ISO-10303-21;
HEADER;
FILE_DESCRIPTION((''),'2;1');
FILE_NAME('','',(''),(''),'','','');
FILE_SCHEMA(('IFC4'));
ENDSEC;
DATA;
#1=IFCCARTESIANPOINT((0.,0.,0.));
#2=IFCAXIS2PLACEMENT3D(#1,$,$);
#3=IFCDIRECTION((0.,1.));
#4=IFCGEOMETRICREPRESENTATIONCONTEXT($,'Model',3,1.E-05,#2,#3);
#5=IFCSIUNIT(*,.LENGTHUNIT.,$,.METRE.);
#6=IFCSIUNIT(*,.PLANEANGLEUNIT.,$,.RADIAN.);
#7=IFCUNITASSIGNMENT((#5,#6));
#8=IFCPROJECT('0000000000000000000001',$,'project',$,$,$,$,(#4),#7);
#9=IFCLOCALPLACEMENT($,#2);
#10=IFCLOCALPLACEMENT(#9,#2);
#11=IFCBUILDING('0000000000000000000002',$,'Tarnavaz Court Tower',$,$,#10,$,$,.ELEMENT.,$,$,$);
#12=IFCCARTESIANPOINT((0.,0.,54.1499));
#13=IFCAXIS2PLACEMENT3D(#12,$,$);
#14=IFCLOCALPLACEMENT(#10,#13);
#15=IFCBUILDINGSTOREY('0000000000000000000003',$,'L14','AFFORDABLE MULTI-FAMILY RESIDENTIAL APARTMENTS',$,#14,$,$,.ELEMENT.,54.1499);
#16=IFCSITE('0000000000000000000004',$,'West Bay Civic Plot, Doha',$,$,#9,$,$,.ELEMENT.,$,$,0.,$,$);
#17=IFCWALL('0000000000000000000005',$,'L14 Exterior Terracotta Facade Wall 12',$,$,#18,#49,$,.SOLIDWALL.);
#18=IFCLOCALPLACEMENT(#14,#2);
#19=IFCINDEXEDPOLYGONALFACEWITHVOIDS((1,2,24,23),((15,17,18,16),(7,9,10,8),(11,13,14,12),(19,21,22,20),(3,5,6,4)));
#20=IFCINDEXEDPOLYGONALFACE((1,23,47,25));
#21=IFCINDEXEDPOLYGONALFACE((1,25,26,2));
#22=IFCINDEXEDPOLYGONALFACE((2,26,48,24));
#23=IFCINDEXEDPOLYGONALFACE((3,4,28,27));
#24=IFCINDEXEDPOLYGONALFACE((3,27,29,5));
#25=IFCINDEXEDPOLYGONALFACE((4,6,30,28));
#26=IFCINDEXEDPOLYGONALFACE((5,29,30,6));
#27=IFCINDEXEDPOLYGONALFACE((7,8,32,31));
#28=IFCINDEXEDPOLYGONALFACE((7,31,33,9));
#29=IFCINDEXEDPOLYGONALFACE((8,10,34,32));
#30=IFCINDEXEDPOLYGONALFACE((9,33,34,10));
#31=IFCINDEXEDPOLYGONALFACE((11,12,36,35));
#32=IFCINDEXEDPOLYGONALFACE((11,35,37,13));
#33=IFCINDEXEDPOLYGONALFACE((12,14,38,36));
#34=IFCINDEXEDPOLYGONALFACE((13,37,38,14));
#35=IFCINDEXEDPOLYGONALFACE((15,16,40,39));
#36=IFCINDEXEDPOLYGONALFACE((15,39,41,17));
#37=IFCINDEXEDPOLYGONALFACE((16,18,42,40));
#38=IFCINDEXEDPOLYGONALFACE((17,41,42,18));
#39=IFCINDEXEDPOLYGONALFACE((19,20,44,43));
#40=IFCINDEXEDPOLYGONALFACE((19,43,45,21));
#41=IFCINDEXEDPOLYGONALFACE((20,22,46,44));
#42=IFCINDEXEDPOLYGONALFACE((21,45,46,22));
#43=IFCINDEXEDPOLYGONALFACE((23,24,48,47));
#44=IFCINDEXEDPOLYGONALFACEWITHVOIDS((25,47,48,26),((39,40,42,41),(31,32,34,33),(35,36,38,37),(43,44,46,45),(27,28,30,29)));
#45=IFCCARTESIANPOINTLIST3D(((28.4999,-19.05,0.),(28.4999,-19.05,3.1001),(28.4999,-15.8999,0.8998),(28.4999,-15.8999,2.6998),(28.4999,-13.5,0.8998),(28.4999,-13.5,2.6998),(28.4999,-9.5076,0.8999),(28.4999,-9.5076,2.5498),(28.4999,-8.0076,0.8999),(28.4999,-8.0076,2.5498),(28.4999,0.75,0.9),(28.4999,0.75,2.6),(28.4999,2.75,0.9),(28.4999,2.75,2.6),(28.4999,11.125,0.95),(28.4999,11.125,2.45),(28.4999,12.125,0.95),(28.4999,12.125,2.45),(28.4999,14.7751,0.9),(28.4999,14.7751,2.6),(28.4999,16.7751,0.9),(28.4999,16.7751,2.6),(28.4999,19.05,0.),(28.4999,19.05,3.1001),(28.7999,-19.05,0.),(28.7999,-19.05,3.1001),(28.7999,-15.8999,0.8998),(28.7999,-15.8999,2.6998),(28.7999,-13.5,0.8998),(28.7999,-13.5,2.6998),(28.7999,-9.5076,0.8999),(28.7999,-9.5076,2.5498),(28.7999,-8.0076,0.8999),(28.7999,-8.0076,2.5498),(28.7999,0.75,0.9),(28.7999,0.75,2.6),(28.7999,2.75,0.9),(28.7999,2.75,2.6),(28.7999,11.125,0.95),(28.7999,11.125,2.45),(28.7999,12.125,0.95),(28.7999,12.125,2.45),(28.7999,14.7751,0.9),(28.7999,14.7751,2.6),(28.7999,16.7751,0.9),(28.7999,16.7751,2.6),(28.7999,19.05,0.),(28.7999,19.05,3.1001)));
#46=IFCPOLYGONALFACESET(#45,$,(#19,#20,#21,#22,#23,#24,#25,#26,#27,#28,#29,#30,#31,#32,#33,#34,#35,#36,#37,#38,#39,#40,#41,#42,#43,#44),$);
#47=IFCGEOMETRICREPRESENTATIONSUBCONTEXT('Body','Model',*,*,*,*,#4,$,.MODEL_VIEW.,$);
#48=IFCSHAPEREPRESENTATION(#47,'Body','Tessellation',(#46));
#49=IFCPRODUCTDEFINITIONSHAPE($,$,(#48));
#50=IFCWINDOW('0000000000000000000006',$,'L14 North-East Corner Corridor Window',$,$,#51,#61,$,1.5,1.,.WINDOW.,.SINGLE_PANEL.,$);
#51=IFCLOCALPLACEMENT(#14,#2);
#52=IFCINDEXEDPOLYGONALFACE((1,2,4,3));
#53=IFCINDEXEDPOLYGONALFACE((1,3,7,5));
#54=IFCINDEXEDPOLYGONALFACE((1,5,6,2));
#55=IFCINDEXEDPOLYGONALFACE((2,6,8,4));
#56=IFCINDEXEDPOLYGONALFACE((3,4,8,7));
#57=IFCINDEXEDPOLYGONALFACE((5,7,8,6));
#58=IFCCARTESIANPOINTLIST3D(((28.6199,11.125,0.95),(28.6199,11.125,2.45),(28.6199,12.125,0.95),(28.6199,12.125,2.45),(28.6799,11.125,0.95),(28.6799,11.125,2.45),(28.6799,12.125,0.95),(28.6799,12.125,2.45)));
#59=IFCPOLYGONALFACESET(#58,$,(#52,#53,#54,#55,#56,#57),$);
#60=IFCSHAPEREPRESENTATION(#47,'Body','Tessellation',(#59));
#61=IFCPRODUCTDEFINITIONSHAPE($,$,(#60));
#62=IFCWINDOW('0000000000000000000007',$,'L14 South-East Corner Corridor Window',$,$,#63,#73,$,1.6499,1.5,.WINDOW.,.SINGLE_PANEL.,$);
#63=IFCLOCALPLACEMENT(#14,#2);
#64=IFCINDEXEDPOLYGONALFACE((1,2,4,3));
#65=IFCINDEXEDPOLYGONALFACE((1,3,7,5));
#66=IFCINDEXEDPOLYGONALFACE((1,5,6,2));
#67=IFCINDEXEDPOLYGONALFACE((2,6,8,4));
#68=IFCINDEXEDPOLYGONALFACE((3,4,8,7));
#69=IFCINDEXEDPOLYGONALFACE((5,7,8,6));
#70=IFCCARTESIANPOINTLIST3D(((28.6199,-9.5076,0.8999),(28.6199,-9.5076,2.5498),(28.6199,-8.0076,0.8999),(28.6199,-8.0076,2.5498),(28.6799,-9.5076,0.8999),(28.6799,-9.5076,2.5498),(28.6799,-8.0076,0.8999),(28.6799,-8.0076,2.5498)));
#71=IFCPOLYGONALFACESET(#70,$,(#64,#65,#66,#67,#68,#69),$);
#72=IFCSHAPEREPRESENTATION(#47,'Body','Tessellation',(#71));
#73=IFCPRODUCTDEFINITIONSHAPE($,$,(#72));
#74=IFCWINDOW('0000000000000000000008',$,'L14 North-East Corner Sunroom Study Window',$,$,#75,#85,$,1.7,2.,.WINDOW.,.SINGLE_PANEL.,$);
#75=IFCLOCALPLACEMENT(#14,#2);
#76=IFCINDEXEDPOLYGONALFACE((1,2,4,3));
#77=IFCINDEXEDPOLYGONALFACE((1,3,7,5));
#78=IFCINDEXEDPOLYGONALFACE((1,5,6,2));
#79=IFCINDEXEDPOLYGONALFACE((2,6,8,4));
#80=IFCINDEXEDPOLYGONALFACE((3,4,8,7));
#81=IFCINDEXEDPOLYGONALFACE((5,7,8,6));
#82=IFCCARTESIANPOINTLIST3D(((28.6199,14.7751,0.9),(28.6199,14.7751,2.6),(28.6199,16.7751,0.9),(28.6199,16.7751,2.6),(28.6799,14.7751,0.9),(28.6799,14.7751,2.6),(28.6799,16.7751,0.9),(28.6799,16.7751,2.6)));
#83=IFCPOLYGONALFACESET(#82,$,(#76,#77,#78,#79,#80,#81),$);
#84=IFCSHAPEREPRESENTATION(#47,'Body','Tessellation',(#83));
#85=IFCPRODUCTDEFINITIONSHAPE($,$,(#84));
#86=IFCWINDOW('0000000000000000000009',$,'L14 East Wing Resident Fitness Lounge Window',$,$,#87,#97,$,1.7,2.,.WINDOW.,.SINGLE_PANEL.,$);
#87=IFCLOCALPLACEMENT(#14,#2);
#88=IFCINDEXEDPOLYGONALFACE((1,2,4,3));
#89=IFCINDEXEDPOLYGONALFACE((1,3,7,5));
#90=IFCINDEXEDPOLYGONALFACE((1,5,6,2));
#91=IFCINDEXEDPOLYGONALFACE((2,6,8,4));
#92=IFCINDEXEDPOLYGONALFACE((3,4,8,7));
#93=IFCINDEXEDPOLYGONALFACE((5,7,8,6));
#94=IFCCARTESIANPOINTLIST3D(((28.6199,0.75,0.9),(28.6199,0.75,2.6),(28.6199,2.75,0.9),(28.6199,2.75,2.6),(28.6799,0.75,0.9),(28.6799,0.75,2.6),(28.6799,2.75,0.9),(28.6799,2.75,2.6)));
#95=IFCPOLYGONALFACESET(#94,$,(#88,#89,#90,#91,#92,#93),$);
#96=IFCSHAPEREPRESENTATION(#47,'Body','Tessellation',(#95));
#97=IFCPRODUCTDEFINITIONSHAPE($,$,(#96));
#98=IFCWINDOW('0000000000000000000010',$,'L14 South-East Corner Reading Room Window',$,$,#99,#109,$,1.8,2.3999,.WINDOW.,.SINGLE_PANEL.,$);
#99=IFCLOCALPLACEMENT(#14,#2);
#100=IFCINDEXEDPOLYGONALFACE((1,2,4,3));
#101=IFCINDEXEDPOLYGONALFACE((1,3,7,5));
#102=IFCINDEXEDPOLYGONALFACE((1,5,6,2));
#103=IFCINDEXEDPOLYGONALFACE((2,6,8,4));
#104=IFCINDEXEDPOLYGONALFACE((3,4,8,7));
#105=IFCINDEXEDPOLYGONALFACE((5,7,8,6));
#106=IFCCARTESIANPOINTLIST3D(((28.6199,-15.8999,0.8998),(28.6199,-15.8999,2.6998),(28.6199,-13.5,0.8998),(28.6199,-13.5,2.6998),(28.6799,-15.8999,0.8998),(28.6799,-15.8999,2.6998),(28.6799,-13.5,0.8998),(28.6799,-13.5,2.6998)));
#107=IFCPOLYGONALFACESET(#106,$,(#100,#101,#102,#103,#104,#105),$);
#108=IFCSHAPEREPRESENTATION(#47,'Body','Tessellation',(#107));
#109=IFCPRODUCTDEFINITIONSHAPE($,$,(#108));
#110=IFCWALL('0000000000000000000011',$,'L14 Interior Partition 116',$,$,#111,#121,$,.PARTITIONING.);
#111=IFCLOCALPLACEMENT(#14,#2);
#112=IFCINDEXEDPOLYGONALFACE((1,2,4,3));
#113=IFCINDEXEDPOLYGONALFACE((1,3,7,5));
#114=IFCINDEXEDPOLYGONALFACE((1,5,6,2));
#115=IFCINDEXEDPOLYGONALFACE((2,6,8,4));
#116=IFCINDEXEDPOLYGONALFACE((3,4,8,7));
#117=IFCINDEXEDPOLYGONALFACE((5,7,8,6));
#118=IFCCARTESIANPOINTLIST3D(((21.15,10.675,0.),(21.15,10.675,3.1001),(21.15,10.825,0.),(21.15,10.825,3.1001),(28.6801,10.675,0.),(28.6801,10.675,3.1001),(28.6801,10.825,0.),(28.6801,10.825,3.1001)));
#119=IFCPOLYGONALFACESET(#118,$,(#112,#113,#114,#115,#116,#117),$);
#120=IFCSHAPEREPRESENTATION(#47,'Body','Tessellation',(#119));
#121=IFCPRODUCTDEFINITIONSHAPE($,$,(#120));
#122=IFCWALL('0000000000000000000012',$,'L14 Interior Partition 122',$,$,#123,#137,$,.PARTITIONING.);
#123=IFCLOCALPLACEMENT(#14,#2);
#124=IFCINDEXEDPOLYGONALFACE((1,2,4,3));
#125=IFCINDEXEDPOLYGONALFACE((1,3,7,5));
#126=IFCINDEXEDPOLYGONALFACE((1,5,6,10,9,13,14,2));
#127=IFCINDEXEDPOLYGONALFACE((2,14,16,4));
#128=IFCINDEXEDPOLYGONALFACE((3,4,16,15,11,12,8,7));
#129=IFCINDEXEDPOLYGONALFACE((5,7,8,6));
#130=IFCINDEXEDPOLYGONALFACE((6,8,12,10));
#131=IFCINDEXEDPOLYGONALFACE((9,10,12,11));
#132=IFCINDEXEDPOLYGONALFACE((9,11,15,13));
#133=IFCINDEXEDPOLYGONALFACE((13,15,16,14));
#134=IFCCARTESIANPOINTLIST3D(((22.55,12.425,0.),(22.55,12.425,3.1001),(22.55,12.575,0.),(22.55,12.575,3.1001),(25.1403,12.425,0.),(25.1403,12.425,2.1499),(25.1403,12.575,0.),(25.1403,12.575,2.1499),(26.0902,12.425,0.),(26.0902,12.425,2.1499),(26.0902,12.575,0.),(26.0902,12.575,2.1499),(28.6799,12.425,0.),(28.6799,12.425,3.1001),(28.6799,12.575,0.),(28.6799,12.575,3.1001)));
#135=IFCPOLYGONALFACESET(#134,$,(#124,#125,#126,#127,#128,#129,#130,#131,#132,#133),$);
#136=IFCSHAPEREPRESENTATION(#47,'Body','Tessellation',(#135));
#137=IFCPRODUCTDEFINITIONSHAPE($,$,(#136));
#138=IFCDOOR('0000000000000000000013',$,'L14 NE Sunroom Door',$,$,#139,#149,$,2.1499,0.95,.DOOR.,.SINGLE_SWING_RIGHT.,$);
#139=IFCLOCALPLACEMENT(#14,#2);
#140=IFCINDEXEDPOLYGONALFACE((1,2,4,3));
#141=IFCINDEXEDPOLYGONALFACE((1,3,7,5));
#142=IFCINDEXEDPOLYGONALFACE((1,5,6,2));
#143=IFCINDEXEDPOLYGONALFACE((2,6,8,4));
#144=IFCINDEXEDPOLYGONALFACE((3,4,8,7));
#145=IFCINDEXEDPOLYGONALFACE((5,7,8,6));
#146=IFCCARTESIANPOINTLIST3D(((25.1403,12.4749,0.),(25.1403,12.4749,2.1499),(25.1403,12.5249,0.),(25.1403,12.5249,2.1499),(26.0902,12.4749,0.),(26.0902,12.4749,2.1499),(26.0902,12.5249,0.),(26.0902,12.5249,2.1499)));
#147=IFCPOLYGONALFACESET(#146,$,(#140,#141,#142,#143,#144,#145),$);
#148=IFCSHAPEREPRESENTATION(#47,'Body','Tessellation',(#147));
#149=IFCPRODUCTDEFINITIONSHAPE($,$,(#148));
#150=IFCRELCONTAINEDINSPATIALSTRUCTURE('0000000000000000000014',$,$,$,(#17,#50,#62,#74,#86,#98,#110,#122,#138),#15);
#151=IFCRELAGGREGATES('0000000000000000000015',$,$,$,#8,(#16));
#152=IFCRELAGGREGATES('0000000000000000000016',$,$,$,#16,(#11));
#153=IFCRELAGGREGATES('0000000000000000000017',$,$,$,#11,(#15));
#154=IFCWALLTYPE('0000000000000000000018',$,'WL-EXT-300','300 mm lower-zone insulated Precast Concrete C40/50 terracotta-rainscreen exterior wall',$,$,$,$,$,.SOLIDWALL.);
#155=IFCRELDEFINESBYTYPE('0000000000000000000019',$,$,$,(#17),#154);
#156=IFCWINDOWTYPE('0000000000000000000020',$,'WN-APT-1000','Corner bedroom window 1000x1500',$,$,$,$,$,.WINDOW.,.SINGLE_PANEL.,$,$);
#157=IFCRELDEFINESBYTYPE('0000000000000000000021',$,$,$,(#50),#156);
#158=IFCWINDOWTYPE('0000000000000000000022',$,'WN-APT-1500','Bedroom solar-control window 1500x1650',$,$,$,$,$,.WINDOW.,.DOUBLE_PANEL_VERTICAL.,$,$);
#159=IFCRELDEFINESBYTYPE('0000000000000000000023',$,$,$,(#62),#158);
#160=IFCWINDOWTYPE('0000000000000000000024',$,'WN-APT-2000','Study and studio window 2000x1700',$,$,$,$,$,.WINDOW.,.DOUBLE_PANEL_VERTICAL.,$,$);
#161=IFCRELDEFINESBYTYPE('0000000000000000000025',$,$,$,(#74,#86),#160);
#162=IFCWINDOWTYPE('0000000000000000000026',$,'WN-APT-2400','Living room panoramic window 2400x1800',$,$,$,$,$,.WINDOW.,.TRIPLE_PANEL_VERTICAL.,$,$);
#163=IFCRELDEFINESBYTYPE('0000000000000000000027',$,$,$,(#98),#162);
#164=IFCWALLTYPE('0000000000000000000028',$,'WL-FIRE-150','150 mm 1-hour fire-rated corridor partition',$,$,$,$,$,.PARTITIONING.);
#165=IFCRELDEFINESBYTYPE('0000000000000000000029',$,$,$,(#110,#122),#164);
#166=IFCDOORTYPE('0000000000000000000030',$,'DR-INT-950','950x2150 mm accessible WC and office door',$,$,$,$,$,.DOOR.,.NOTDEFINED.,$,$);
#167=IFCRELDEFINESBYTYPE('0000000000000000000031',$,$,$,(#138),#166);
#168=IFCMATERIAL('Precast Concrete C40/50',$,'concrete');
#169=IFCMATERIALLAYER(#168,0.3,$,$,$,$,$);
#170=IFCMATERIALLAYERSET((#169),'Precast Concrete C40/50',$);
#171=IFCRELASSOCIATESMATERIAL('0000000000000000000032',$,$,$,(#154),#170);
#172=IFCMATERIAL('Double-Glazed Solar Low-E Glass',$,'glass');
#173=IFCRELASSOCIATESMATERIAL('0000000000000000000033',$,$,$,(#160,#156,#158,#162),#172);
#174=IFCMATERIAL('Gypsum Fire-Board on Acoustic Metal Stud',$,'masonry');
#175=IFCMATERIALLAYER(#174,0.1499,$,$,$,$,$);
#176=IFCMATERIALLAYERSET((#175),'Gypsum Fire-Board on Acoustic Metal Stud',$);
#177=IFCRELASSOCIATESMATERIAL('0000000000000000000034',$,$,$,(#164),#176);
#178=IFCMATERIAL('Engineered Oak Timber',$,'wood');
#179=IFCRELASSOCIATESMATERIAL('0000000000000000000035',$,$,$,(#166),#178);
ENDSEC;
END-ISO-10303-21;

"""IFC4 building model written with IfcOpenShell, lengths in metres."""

from ifc_helpers import new_model, si_unit, direction, frame, frame_2d, origin, place, context, subcontext, project, spatial, rectangle, extrude, material, layer, layer_set, type_object, element, fill, save


model = new_model("IFC4")

# Units and contexts
model_context = context("Model", 3, precision=1e-05, world=origin(), true_north=direction((0.0, 1.0)))
body_context = subcontext(model_context, "Body", "Model", "MODEL_VIEW")
ifc_project = project(units=[si_unit("LENGTHUNIT", "METRE"), si_unit("PLANEANGLEUNIT", "RADIAN")], contexts=[model_context])

# Site, building, storey
site_placement = place(None, origin())
site = spatial("IfcSite", under=ifc_project, at=site_placement, Name="West Bay Civic Plot, Doha", CompositionType="ELEMENT", RefElevation=0.0)
building_placement = place(site_placement, origin())
building = spatial("IfcBuilding", under=site, at=building_placement, Name="Tarnavaz Court Tower", CompositionType="ELEMENT")
storey_placement = place(building_placement, frame((0.0, 0.0, 54.1499)))
storey = spatial("IfcBuildingStorey", under=building, at=storey_placement, Name="L14", Description="AFFORDABLE MULTI-FAMILY RESIDENTIAL APARTMENTS", CompositionType="ELEMENT", Elevation=54.1499)

# Shared definitions
ifc_material_1 = material(Name="Precast Concrete C40/50", Category="concrete")
ifc_layer_1 = layer(ifc_material_1, 0.3)
ifc_layer_set_1 = layer_set([ifc_layer_1], Name="Precast Concrete C40/50")
wall_type_1 = type_object("IfcWallType", Name="WL-EXT-300", Description="300 mm lower-zone insulated Precast Concrete C40/50 terracotta-rainscreen exterior wall", PredefinedType="SOLIDWALL", material=ifc_layer_set_1)
ifc_material_2 = material(Name="Double-Glazed Solar Low-E Glass", Category="glass")
window_type_1 = type_object("IfcWindowType", Name="WN-APT-2000", Description="Study and studio window 2000x1700", PartitioningType="DOUBLE_PANEL_VERTICAL", PredefinedType="WINDOW", material=ifc_material_2)

# Wall, openings, windows
wall_1_placement = place(storey_placement, frame((28.6499, 19.05, 0.0), z_axis=(0.0, 0.0, 1.0), x_axis=(0.0, -1.0, 0.0)))
wall_1 = element("IfcWall", 1, at=wall_1_placement, inside=storey, type_object=wall_type_1, Name="L14 Exterior Terracotta Facade Wall 12", PredefinedType="SOLIDWALL", context=body_context, shape_type="SweptSolid", body=[
    extrude(rectangle(XDim=38.1001, YDim=0.3, at=frame_2d((19.05, 0.0))), origin(), (0.0, 0.0, 1.0), 3.1001),
])
opening_1_placement = place(wall_1_placement, frame((2.2749, 0.0, 0.8999)))
opening_1 = element("IfcOpeningElement", 2, at=opening_1_placement, cuts=wall_1, PredefinedType="OPENING", context=body_context, shape_type="SweptSolid", body=[
    extrude(rectangle(XDim=2.0, YDim=1.7, at=frame_2d((1.0, 0.8501))), frame((0.0, 0.1599, 0.0), z_axis=(0.0, -1.0, 0.0), x_axis=(1.0, 0.0, 0.0)), (0.0, 0.0, 1.0), 0.3201),
])
opening_2_placement = place(wall_1_placement, frame((6.925, 0.0, 0.95)))
opening_2 = element("IfcOpeningElement", 3, at=opening_2_placement, cuts=wall_1, PredefinedType="OPENING", context=body_context, shape_type="SweptSolid", body=[
    extrude(rectangle(XDim=1.0, YDim=1.5, at=frame_2d((0.5, 0.75))), frame((0.0, 0.1599, 0.0), z_axis=(0.0, -1.0, 0.0), x_axis=(1.0, 0.0, 0.0)), (0.0, 0.0, 1.0), 0.3201),
])
opening_3_placement = place(wall_1_placement, frame((16.3, 0.0, 0.8999)))
opening_3 = element("IfcOpeningElement", 4, at=opening_3_placement, cuts=wall_1, PredefinedType="OPENING", context=body_context, shape_type="SweptSolid", body=[
    extrude(rectangle(XDim=2.0, YDim=1.7, at=frame_2d((1.0, 0.8501))), frame((0.0, 0.1599, 0.0), z_axis=(0.0, -1.0, 0.0), x_axis=(1.0, 0.0, 0.0)), (0.0, 0.0, 1.0), 0.3201),
])
opening_4_placement = place(wall_1_placement, frame((27.0576, 0.0, 0.8999)))
opening_4 = element("IfcOpeningElement", 5, at=opening_4_placement, cuts=wall_1, PredefinedType="OPENING", context=body_context, shape_type="SweptSolid", body=[
    extrude(rectangle(XDim=1.5, YDim=1.6499, at=frame_2d((0.75, 0.825))), frame((0.0, 0.1599, 0.0), z_axis=(0.0, -1.0, 0.0), x_axis=(1.0, 0.0, 0.0)), (0.0, 0.0, 1.0), 0.3201),
])
opening_5_placement = place(wall_1_placement, frame((32.55, 0.0, 0.8999)))
opening_5 = element("IfcOpeningElement", 6, at=opening_5_placement, cuts=wall_1, PredefinedType="OPENING", context=body_context, shape_type="SweptSolid", body=[
    extrude(rectangle(XDim=2.3999, YDim=1.8, at=frame_2d((1.2, 0.8999))), frame((0.0, 0.1599, 0.0), z_axis=(0.0, -1.0, 0.0), x_axis=(1.0, 0.0, 0.0)), (0.0, 0.0, 1.0), 0.3201),
])
window_type_2 = type_object("IfcWindowType", Name="WN-APT-1000", Description="Corner bedroom window 1000x1500", PartitioningType="SINGLE_PANEL", PredefinedType="WINDOW", material=ifc_material_2)
window_1_placement = place(opening_2_placement, origin())
window_1 = element("IfcWindow", 7, at=window_1_placement, inside=storey, type_object=window_type_2, Name="L14 North-East Corner Corridor Window", OverallHeight=1.5, OverallWidth=1.0, PartitioningType="SINGLE_PANEL", PredefinedType="WINDOW", context=body_context, shape_type="SweptSolid", body=[
    extrude(rectangle(XDim=1.0, YDim=1.5, at=frame_2d((0.5, 0.75))), frame((0.0, 0.03, 0.0), z_axis=(0.0, -1.0, 0.0), x_axis=(1.0, 0.0, 0.0)), (0.0, 0.0, 1.0), 0.0601),
])
fill(opening_2, window_1)
window_type_3 = type_object("IfcWindowType", Name="WN-APT-1500", Description="Bedroom solar-control window 1500x1650", PartitioningType="DOUBLE_PANEL_VERTICAL", PredefinedType="WINDOW", material=ifc_material_2)
window_2_placement = place(opening_4_placement, origin())
window_2 = element("IfcWindow", 8, at=window_2_placement, inside=storey, type_object=window_type_3, Name="L14 South-East Corner Corridor Window", OverallHeight=1.6499, OverallWidth=1.5, PartitioningType="SINGLE_PANEL", PredefinedType="WINDOW", context=body_context, shape_type="SweptSolid", body=[
    extrude(rectangle(XDim=1.5, YDim=1.6499, at=frame_2d((0.75, 0.825))), frame((0.0, 0.03, 0.0), z_axis=(0.0, -1.0, 0.0), x_axis=(1.0, 0.0, 0.0)), (0.0, 0.0, 1.0), 0.0601),
])
fill(opening_4, window_2)
window_3_placement = place(opening_1_placement, origin())
window_3 = element("IfcWindow", 9, at=window_3_placement, inside=storey, type_object=window_type_1, Name="L14 North-East Corner Sunroom Study Window", OverallHeight=1.7, OverallWidth=2.0, PartitioningType="SINGLE_PANEL", PredefinedType="WINDOW", context=body_context, shape_type="SweptSolid", body=[
    extrude(rectangle(XDim=2.0, YDim=1.7, at=frame_2d((1.0, 0.8501))), frame((0.0, 0.03, 0.0), z_axis=(0.0, -1.0, 0.0), x_axis=(1.0, 0.0, 0.0)), (0.0, 0.0, 1.0), 0.0601),
])
fill(opening_1, window_3)
window_4_placement = place(opening_3_placement, origin())
window_4 = element("IfcWindow", 10, at=window_4_placement, inside=storey, type_object=window_type_1, Name="L14 East Wing Resident Fitness Lounge Window", OverallHeight=1.7, OverallWidth=2.0, PartitioningType="SINGLE_PANEL", PredefinedType="WINDOW", context=body_context, shape_type="SweptSolid", body=[
    extrude(rectangle(XDim=2.0, YDim=1.7, at=frame_2d((1.0, 0.8501))), frame((0.0, 0.03, 0.0), z_axis=(0.0, -1.0, 0.0), x_axis=(1.0, 0.0, 0.0)), (0.0, 0.0, 1.0), 0.0601),
])
fill(opening_3, window_4)
window_type_4 = type_object("IfcWindowType", Name="WN-APT-2400", Description="Living room panoramic window 2400x1800", PartitioningType="TRIPLE_PANEL_VERTICAL", PredefinedType="WINDOW", material=ifc_material_2)
window_5_placement = place(opening_5_placement, origin())
window_5 = element("IfcWindow", 11, at=window_5_placement, inside=storey, type_object=window_type_4, Name="L14 South-East Corner Reading Room Window", OverallHeight=1.8, OverallWidth=2.3999, PartitioningType="SINGLE_PANEL", PredefinedType="WINDOW", context=body_context, shape_type="SweptSolid", body=[
    extrude(rectangle(XDim=2.3999, YDim=1.8, at=frame_2d((1.2, 0.8999))), frame((0.0, 0.03, 0.0), z_axis=(0.0, -1.0, 0.0), x_axis=(1.0, 0.0, 0.0)), (0.0, 0.0, 1.0), 0.0601),
])
fill(opening_5, window_5)

# Wall
ifc_material_3 = material(Name="Gypsum Fire-Board on Acoustic Metal Stud", Category="masonry")
ifc_layer_2 = layer(ifc_material_3, 0.1499)
ifc_layer_set_2 = layer_set([ifc_layer_2], Name="Gypsum Fire-Board on Acoustic Metal Stud")
wall_type_2 = type_object("IfcWallType", Name="WL-FIRE-150", Description="150 mm 1-hour fire-rated corridor partition", PredefinedType="PARTITIONING", material=ifc_layer_set_2)
wall_2_placement = place(storey_placement, frame((21.1499, 10.75, 0.0), z_axis=(0.0, 0.0, 1.0), x_axis=(1.0, 0.0, 0.0)))
element("IfcWall", 12, at=wall_2_placement, inside=storey, type_object=wall_type_2, Name="L14 Interior Partition 116", PredefinedType="PARTITIONING", context=body_context, shape_type="SweptSolid", body=[
    extrude(rectangle(XDim=7.53, YDim=0.1499, at=frame_2d((3.7651, 0.0))), origin(), (0.0, 0.0, 1.0), 3.1001),
])

# Wall, opening, door
wall_3_placement = place(storey_placement, frame((22.55, 12.5, 0.0), z_axis=(0.0, 0.0, 1.0), x_axis=(1.0, 0.0, 0.0)))
wall_3 = element("IfcWall", 13, at=wall_3_placement, inside=storey, type_object=wall_type_2, Name="L14 Interior Partition 122", PredefinedType="PARTITIONING", context=body_context, shape_type="SweptSolid", body=[
    extrude(rectangle(XDim=6.1299, YDim=0.1499, at=frame_2d((3.0649, 0.0))), origin(), (0.0, 0.0, 1.0), 3.1001),
])
opening_6_placement = place(wall_3_placement, frame((2.5901, 0.0, 0.0)))
opening_6 = element("IfcOpeningElement", 14, at=opening_6_placement, cuts=wall_3, PredefinedType="OPENING", context=body_context, shape_type="SweptSolid", body=[
    extrude(rectangle(XDim=0.95, YDim=2.1499, at=frame_2d((0.4751, 1.075))), frame((0.0, 0.085, 0.0), z_axis=(0.0, -1.0, 0.0), x_axis=(1.0, 0.0, 0.0)), (0.0, 0.0, 1.0), 0.1699),
])
ifc_material_4 = material(Name="Engineered Oak Timber", Category="wood")
door_type = type_object("IfcDoorType", Name="DR-INT-950", Description="950x2150 mm accessible WC and office door", OperationType="NOTDEFINED", PredefinedType="DOOR", material=ifc_material_4)
door_placement = place(opening_6_placement, origin())
door = element("IfcDoor", 15, at=door_placement, inside=storey, type_object=door_type, Name="L14 NE Sunroom Door", OperationType="SINGLE_SWING_RIGHT", OverallHeight=2.1499, OverallWidth=0.95, PredefinedType="DOOR", context=body_context, shape_type="SweptSolid", body=[
    extrude(rectangle(XDim=0.95, YDim=2.1499, at=frame_2d((0.4751, 1.075))), frame((0.0, 0.0249, 0.0), z_axis=(0.0, -1.0, 0.0), x_axis=(1.0, 0.0, 0.0)), (0.0, 0.0, 1.0), 0.05),
])
fill(opening_6, door)

save(model, "model.ifc")
